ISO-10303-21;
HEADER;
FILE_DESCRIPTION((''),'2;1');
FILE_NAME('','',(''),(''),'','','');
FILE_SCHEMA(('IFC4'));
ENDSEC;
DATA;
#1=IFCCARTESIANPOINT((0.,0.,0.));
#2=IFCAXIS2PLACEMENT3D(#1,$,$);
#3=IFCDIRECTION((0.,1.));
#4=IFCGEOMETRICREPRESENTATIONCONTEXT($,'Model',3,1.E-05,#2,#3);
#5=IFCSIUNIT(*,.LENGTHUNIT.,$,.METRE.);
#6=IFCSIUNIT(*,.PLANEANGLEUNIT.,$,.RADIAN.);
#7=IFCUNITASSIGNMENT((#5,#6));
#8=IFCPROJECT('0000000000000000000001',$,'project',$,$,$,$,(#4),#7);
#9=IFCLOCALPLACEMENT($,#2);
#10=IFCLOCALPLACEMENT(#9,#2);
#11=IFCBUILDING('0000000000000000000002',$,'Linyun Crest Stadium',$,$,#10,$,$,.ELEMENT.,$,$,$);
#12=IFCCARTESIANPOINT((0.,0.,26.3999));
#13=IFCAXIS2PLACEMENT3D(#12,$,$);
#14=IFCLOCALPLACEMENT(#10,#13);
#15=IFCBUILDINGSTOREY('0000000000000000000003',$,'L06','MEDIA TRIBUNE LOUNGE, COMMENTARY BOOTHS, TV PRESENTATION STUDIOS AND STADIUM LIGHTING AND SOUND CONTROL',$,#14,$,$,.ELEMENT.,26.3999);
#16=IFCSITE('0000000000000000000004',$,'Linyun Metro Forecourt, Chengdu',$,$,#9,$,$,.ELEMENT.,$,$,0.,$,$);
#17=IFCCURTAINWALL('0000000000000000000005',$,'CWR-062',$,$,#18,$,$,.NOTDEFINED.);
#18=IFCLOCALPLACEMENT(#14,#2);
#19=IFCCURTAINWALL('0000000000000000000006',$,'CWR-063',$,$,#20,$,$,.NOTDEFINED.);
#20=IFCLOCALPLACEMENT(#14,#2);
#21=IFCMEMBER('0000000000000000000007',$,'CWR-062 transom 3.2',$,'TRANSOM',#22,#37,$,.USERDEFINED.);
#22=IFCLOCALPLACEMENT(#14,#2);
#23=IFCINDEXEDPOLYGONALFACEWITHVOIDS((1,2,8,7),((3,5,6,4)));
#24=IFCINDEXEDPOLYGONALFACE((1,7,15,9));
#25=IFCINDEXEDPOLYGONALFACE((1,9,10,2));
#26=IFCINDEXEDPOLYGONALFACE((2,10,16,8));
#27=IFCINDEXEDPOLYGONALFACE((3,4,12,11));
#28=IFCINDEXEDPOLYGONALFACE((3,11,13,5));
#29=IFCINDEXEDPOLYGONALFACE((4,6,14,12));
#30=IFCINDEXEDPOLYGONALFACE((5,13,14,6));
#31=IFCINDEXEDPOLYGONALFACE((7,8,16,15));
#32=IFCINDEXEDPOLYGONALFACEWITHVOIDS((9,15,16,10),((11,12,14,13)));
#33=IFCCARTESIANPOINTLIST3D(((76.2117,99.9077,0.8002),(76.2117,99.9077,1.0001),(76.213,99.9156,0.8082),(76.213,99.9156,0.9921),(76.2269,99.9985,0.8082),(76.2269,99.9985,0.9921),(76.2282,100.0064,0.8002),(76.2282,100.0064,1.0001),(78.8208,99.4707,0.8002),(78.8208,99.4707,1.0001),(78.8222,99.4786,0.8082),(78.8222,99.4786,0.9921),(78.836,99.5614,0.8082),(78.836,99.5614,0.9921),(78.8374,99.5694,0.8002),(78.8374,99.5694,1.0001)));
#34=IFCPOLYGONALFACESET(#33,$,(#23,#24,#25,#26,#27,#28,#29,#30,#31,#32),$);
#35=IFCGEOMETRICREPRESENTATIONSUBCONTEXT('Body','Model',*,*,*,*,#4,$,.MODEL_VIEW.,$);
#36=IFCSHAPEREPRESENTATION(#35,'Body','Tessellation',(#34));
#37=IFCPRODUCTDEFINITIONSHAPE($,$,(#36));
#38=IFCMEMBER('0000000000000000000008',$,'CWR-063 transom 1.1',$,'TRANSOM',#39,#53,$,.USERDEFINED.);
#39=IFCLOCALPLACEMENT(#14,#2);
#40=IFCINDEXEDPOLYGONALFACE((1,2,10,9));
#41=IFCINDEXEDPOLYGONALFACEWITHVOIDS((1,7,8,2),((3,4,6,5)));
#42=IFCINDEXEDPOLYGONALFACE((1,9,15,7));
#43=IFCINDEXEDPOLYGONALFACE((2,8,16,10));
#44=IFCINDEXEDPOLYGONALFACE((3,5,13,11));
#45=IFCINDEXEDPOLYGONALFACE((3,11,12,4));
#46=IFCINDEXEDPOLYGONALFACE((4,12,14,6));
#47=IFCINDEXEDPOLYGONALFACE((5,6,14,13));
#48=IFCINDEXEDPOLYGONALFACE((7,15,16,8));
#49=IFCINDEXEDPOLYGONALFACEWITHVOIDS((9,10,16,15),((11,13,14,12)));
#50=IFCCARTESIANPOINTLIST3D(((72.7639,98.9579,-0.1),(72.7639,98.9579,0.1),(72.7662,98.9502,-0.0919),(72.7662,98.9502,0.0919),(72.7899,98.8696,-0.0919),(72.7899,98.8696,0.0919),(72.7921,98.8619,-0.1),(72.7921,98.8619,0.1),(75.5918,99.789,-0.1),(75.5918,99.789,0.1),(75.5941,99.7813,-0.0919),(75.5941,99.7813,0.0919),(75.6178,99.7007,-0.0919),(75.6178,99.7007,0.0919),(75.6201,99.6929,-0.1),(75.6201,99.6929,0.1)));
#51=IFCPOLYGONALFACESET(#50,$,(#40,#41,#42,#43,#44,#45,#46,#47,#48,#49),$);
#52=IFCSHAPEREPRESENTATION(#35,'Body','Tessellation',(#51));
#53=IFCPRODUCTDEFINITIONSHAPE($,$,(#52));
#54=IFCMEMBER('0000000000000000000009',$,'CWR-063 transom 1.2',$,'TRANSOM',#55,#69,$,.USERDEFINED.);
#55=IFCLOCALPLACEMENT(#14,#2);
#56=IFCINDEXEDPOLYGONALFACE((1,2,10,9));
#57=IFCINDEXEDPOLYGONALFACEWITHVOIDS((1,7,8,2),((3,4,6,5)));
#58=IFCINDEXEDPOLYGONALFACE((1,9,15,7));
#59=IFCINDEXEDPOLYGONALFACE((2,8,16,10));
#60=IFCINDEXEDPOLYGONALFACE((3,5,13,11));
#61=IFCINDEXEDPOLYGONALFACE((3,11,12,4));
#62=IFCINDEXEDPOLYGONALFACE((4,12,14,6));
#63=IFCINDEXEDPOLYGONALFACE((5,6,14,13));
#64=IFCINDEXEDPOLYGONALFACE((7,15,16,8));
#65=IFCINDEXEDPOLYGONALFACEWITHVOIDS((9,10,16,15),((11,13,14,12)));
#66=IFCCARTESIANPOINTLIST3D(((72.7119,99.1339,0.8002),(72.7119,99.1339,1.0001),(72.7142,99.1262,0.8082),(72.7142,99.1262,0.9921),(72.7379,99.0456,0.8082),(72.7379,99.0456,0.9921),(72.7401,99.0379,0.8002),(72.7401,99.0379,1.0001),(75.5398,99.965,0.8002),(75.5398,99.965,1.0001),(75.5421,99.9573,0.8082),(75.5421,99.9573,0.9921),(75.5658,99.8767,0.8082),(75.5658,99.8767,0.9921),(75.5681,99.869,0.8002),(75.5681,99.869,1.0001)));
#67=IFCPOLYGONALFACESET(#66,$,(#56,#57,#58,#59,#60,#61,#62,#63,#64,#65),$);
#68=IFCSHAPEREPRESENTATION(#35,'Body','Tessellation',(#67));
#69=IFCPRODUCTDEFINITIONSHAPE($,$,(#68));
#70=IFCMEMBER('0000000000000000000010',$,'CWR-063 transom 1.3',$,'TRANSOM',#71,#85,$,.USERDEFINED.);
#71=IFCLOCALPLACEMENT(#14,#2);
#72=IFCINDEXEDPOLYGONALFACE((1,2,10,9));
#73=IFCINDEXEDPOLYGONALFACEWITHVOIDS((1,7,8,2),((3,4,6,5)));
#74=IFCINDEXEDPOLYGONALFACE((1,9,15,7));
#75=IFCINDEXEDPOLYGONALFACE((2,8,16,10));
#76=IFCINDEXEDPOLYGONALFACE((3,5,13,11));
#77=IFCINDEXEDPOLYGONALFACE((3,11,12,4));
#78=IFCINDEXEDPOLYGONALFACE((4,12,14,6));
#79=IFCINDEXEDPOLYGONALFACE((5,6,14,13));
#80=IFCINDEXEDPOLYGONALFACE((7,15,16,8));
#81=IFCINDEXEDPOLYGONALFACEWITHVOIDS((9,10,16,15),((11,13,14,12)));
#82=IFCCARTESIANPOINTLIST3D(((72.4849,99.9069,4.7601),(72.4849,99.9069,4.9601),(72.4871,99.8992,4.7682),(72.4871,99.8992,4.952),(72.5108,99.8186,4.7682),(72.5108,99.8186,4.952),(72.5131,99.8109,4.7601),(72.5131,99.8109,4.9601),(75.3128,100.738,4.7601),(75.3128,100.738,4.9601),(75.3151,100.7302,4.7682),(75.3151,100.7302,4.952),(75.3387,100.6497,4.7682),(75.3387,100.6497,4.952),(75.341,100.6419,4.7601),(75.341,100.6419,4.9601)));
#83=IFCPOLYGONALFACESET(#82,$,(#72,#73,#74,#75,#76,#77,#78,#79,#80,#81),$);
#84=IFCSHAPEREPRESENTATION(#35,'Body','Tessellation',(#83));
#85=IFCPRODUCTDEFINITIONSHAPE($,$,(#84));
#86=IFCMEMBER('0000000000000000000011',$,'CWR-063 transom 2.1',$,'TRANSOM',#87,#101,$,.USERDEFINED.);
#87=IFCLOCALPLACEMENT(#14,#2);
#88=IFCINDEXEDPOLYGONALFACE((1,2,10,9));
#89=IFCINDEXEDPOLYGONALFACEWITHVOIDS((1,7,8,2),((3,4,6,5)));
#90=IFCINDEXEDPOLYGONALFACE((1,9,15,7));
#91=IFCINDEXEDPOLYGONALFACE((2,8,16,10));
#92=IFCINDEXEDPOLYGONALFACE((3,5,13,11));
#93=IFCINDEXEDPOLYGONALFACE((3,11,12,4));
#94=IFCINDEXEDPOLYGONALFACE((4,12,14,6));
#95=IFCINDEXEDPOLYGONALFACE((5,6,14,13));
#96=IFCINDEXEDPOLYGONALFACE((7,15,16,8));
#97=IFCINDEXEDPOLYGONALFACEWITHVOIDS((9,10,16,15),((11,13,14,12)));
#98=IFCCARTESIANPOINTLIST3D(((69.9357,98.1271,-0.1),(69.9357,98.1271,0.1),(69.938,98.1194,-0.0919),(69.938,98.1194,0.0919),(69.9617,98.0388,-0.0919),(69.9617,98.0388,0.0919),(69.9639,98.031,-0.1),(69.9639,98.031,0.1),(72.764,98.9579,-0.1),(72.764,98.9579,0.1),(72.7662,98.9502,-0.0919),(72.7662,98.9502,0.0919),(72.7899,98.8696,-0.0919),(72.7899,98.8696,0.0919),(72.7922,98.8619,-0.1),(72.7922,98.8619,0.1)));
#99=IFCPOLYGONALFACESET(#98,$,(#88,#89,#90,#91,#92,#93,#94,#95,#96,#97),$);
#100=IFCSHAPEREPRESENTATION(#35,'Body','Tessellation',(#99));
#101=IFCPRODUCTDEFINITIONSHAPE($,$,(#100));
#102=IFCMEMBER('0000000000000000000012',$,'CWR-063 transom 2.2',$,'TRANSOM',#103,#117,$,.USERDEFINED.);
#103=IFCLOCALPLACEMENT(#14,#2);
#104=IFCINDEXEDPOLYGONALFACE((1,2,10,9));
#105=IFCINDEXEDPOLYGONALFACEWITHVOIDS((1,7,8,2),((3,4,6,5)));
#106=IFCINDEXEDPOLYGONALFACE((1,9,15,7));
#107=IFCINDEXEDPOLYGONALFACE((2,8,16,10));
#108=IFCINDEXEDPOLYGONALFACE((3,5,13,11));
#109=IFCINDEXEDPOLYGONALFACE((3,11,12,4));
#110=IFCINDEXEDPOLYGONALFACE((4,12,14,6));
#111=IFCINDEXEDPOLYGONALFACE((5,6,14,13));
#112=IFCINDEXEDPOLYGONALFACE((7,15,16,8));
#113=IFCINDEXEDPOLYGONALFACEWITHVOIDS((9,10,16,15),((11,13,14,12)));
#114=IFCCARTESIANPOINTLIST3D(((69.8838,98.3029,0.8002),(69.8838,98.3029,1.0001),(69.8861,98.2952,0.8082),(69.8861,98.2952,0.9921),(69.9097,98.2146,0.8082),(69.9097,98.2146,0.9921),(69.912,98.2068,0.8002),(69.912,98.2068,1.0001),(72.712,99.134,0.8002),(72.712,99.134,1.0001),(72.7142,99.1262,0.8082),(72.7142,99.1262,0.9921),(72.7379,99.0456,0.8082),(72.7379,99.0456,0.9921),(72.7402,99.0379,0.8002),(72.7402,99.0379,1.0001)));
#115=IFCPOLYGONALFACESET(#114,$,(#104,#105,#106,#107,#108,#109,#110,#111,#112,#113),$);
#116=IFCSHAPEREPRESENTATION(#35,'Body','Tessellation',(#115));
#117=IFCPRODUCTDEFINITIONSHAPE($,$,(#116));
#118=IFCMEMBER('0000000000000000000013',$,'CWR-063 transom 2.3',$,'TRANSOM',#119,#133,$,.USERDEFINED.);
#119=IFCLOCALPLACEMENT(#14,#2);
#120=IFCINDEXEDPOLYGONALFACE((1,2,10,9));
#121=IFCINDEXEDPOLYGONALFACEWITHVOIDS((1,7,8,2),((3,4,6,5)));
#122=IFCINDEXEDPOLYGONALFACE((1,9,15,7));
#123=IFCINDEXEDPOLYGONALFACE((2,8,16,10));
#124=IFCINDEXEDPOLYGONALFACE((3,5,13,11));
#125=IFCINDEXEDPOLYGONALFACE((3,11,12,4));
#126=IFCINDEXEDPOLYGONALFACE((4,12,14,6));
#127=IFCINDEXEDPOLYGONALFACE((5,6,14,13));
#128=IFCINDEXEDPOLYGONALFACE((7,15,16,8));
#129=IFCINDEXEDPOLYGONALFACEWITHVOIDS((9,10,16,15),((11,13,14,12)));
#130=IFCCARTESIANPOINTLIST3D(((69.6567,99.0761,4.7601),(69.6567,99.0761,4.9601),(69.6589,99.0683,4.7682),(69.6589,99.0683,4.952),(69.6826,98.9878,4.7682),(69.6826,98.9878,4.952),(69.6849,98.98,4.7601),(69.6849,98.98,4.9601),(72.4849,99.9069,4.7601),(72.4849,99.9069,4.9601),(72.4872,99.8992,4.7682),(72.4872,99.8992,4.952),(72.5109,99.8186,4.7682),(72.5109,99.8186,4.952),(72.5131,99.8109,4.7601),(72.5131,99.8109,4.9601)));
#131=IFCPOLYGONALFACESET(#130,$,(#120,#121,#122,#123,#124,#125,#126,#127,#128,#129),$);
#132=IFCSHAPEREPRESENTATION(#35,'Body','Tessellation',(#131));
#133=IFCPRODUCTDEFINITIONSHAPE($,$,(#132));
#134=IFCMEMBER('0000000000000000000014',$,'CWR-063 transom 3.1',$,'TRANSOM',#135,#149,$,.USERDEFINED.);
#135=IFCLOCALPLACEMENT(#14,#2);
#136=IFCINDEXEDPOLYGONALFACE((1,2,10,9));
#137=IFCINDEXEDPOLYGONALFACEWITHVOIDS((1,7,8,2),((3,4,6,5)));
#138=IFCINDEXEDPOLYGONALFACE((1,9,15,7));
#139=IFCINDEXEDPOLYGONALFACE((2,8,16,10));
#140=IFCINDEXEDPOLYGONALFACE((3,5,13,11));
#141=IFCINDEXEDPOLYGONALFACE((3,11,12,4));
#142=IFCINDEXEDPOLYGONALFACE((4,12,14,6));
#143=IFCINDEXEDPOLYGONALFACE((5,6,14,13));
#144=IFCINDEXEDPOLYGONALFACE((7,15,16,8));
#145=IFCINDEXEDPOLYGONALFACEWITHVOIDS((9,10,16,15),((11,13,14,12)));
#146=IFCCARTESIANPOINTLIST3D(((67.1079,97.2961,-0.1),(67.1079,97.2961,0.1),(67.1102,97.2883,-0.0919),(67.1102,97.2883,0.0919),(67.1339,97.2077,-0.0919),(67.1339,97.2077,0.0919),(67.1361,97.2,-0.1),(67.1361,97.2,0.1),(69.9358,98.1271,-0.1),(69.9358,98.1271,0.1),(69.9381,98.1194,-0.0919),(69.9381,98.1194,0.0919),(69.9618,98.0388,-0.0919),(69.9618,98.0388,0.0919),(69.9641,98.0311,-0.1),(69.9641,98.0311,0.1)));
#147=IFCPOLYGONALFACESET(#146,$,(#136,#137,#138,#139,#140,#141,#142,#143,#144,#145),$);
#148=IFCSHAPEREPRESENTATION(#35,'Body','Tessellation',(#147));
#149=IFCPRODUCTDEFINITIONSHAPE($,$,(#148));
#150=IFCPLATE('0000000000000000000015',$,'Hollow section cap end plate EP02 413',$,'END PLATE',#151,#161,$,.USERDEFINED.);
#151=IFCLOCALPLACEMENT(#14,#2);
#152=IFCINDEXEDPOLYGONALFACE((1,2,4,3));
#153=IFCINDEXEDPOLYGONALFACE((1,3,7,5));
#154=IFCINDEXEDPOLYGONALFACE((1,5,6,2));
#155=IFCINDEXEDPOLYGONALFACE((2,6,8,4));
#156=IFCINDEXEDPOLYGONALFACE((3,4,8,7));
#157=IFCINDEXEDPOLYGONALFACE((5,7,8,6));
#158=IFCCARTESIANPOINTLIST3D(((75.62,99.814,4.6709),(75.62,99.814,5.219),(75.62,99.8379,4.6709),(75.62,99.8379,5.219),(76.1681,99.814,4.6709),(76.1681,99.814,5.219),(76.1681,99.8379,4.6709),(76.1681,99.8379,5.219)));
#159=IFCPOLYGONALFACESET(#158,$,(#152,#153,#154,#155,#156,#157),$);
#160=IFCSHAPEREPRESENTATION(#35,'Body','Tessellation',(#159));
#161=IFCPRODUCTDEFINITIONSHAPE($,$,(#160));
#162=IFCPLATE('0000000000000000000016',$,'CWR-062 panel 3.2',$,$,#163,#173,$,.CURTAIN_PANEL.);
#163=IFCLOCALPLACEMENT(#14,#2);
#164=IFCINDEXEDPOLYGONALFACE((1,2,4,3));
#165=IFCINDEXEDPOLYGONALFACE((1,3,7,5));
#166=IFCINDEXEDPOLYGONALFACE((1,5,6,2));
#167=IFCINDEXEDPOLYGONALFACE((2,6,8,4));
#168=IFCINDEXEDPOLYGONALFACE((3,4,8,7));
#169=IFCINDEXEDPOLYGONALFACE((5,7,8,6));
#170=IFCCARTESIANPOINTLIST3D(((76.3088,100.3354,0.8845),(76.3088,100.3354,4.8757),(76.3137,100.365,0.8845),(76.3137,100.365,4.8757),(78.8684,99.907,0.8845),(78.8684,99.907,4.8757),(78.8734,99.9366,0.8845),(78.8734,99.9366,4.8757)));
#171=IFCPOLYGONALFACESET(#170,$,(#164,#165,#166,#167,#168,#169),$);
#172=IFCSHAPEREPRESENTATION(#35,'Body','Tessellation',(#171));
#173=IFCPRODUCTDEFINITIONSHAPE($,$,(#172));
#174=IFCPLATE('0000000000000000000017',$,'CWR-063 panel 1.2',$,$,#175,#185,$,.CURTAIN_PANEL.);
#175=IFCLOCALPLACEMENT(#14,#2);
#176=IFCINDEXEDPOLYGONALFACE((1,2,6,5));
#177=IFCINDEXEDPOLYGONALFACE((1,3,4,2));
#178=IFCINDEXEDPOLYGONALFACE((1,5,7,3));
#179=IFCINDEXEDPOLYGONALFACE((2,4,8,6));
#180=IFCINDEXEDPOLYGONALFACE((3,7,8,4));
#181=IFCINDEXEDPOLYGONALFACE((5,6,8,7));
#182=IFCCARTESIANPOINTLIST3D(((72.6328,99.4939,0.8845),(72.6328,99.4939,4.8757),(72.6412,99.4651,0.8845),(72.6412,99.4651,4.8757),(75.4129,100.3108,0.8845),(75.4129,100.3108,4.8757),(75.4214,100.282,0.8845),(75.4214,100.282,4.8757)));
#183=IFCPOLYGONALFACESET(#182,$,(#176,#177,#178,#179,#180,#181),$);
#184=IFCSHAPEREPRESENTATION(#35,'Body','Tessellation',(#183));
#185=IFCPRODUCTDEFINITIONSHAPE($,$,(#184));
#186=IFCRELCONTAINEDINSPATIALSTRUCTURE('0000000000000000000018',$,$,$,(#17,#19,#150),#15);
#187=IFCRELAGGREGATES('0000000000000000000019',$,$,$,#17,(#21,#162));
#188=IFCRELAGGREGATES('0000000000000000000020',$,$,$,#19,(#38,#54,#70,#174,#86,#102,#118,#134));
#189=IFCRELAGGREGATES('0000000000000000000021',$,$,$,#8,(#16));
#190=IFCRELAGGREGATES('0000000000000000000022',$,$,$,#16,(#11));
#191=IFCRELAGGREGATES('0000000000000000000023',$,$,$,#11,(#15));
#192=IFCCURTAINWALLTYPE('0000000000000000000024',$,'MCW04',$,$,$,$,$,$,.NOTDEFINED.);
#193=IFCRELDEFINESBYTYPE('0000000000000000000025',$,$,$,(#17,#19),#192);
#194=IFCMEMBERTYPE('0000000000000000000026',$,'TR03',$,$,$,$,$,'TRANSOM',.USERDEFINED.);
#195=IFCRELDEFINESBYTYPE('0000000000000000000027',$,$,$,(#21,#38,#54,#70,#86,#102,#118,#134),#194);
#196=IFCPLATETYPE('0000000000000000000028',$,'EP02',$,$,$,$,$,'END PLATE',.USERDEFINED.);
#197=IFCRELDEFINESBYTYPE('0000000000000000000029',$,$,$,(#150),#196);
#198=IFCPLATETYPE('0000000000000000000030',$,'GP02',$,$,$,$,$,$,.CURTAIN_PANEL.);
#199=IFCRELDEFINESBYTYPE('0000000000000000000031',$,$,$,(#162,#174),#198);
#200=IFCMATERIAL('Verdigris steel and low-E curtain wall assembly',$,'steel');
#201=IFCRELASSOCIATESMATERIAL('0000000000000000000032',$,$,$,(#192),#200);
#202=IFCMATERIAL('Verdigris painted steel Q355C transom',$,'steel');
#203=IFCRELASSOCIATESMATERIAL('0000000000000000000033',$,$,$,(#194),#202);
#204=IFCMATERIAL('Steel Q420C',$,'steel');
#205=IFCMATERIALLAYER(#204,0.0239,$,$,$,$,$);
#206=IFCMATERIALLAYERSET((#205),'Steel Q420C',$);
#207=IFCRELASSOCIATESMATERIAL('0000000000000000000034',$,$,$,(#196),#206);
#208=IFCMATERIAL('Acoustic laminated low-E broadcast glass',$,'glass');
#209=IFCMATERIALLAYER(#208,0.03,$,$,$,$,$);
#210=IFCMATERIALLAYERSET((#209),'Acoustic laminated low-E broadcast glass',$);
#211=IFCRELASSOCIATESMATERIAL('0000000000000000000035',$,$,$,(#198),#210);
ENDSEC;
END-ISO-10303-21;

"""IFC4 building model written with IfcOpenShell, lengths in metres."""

from ifc_helpers import new_model, si_unit, direction, frame, origin, origin_2d, place, context, subcontext, project, spatial, rectangle, hollow_rectangle, extrude, material, layer, layer_set, material_profile, profile_set, type_object, element, aggregate, save


model = new_model("IFC4")

# Units and contexts
model_context = context("Model", 3, precision=1e-05, world=origin(), true_north=direction((0.0, 1.0)))
body_context = subcontext(model_context, "Body", "Model", "MODEL_VIEW")
ifc_project = project(units=[si_unit("LENGTHUNIT", "METRE"), si_unit("PLANEANGLEUNIT", "RADIAN")], contexts=[model_context])

# Site, building, storey
site_placement = place(None, origin())
site = spatial("IfcSite", under=ifc_project, at=site_placement, Name="Linyun Metro Forecourt, Chengdu", CompositionType="ELEMENT", RefElevation=0.0)
building_placement = place(site_placement, origin())
building = spatial("IfcBuilding", under=site, at=building_placement, Name="Linyun Crest Stadium", CompositionType="ELEMENT")
storey_placement = place(building_placement, frame((0.0, 0.0, 26.3999)))
storey = spatial("IfcBuildingStorey", under=building, at=storey_placement, Name="L06", Description="MEDIA TRIBUNE LOUNGE, COMMENTARY BOOTHS, TV PRESENTATION STUDIOS AND STADIUM LIGHTING AND SOUND CONTROL", CompositionType="ELEMENT", Elevation=26.3999)

# Curtain walls
ifc_material_1 = material(Name="Verdigris steel and low-E curtain wall assembly", Category="steel")
curtain_wall_type = type_object("IfcCurtainWallType", Name="MCW04", PredefinedType="NOTDEFINED", material=ifc_material_1)
curtain_wall_1_placement = place(storey_placement, origin())
curtain_wall_1 = element("IfcCurtainWall", 1, at=curtain_wall_1_placement, inside=storey, type_object=curtain_wall_type, Name="CWR-062", PredefinedType="NOTDEFINED")
curtain_wall_2_placement = place(storey_placement, origin())
curtain_wall_2 = element("IfcCurtainWall", 2, at=curtain_wall_2_placement, inside=storey, type_object=curtain_wall_type, Name="CWR-063", PredefinedType="NOTDEFINED")

# Members
ifc_material_2 = material(Name="Verdigris painted steel Q355C transom", Category="steel")
ifc_material_profile_1 = material_profile(ifc_material_2, hollow_rectangle(XDim=0.1001, YDim=0.2, WallThickness=0.0081, at=origin_2d()), Name="RHS 200x100x8")
ifc_profile_set_1 = profile_set([ifc_material_profile_1], Name="Verdigris painted steel Q355C transom")
member_type_1 = type_object("IfcMemberType", Name="TR03", ElementType="TRANSOM", PredefinedType="USERDEFINED", material=ifc_profile_set_1)
member_1_placement = place(storey_placement, frame((78.8291, 99.52, 0.9001), z_axis=(-0.986261, 0.165192, 0.0), x_axis=(-0.165192, -0.986261, 0.0)))
member_1 = element("IfcMember", 3, at=member_1_placement, type_object=member_type_1, Name="CWR-062 transom 3.2", ObjectType="TRANSOM", PredefinedType="USERDEFINED", context=body_context, shape_type="SweptSolid", body=[
    extrude(hollow_rectangle(XDim=0.1001, YDim=0.2, WallThickness=0.0081, at=origin_2d()), origin(), (0.0, 0.0, 1.0), 2.6455),
])
member_2_placement = place(storey_placement, frame((75.606, 99.741, 0.0), z_axis=(-0.959427, -0.281956, 0.0), x_axis=(0.281956, -0.959427, 0.0)))
member_2 = element("IfcMember", 4, at=member_2_placement, type_object=member_type_1, Name="CWR-063 transom 1.1", ObjectType="TRANSOM", PredefinedType="USERDEFINED", context=body_context, shape_type="SweptSolid", body=[
    extrude(hollow_rectangle(XDim=0.1001, YDim=0.2, WallThickness=0.0081, at=origin_2d()), origin(), (0.0, 0.0, 1.0), 2.9475),
])
member_3_placement = place(storey_placement, frame((75.554, 99.917, 0.9001), z_axis=(-0.959427, -0.281956, 0.0), x_axis=(0.281956, -0.959427, 0.0)))
member_3 = element("IfcMember", 5, at=member_3_placement, type_object=member_type_1, Name="CWR-063 transom 1.2", ObjectType="TRANSOM", PredefinedType="USERDEFINED", context=body_context, shape_type="SweptSolid", body=[
    extrude(hollow_rectangle(XDim=0.1001, YDim=0.2, WallThickness=0.0081, at=origin_2d()), origin(), (0.0, 0.0, 1.0), 2.9475),
])
member_4_placement = place(storey_placement, frame((75.3269, 100.6899, 4.8601), z_axis=(-0.959427, -0.281956, 0.0), x_axis=(0.281956, -0.959427, 0.0)))
member_4 = element("IfcMember", 6, at=member_4_placement, type_object=member_type_1, Name="CWR-063 transom 1.3", ObjectType="TRANSOM", PredefinedType="USERDEFINED", context=body_context, shape_type="SweptSolid", body=[
    extrude(hollow_rectangle(XDim=0.1001, YDim=0.2, WallThickness=0.0081, at=origin_2d()), origin(), (0.0, 0.0, 1.0), 2.9475),
])
member_5_placement = place(storey_placement, frame((72.7781, 98.9099, 0.0), z_axis=(-0.959456, -0.281857, 0.0), x_axis=(0.281857, -0.959456, 0.0)))
member_5 = element("IfcMember", 7, at=member_5_placement, type_object=member_type_1, Name="CWR-063 transom 2.1", ObjectType="TRANSOM", PredefinedType="USERDEFINED", context=body_context, shape_type="SweptSolid", body=[
    extrude(hollow_rectangle(XDim=0.1001, YDim=0.2, WallThickness=0.0081, at=origin_2d()), origin(), (0.0, 0.0, 1.0), 2.9478),
])
member_6_placement = place(storey_placement, frame((72.7261, 99.0859, 0.9001), z_axis=(-0.959434, -0.281933, 0.0), x_axis=(0.281933, -0.959434, 0.0)))
member_6 = element("IfcMember", 8, at=member_6_placement, type_object=member_type_1, Name="CWR-063 transom 2.2", ObjectType="TRANSOM", PredefinedType="USERDEFINED", context=body_context, shape_type="SweptSolid", body=[
    extrude(hollow_rectangle(XDim=0.1001, YDim=0.2, WallThickness=0.0081, at=origin_2d()), origin(), (0.0, 0.0, 1.0), 2.9478),
])
member_7_placement = place(storey_placement, frame((72.499, 99.8589, 4.8601), z_axis=(-0.959456, -0.281857, 0.0), x_axis=(0.281857, -0.959456, 0.0)))
member_7 = element("IfcMember", 9, at=member_7_placement, type_object=member_type_1, Name="CWR-063 transom 2.3", ObjectType="TRANSOM", PredefinedType="USERDEFINED", context=body_context, shape_type="SweptSolid", body=[
    extrude(hollow_rectangle(XDim=0.1001, YDim=0.2, WallThickness=0.0081, at=origin_2d()), origin(), (0.0, 0.0, 1.0), 2.9478),
])
member_8_placement = place(storey_placement, frame((69.95, 98.0791, 0.0), z_axis=(-0.959427, -0.281956, 0.0), x_axis=(0.281956, -0.959427, 0.0)))
member_8 = element("IfcMember", 10, at=member_8_placement, type_object=member_type_1, Name="CWR-063 transom 3.1", ObjectType="TRANSOM", PredefinedType="USERDEFINED", context=body_context, shape_type="SweptSolid", body=[
    extrude(hollow_rectangle(XDim=0.1001, YDim=0.2, WallThickness=0.0081, at=origin_2d()), origin(), (0.0, 0.0, 1.0), 2.9475),
])

# Plates
ifc_material_3 = material(Name="Steel Q420C", Category="steel")
ifc_layer_1 = layer(ifc_material_3, 0.0239)
ifc_layer_set_1 = layer_set([ifc_layer_1], Name="Steel Q420C")
plate_type_1 = type_object("IfcPlateType", Name="EP02", ElementType="END PLATE", PredefinedType="USERDEFINED", material=ifc_layer_set_1)
plate_1_placement = place(storey_placement, frame((75.894, 99.8259, 4.6709), z_axis=(0.0, 0.0, 1.0), x_axis=(1.0, 0.0, 0.0)))
element("IfcPlate", 11, at=plate_1_placement, inside=storey, type_object=plate_type_1, Name="Hollow section cap end plate EP02 413", ObjectType="END PLATE", PredefinedType="USERDEFINED", context=body_context, shape_type="SweptSolid", body=[
    extrude(rectangle(XDim=0.5481, YDim=0.0239, at=origin_2d()), origin(), (0.0, 0.0, 1.0), 0.5481),
])
ifc_material_4 = material(Name="Acoustic laminated low-E broadcast glass", Category="glass")
ifc_layer_2 = layer(ifc_material_4, 0.03)
ifc_layer_set_2 = layer_set([ifc_layer_2], Name="Acoustic laminated low-E broadcast glass")
plate_type_2 = type_object("IfcPlateType", Name="GP02", PredefinedType="CURTAIN_PANEL", material=ifc_layer_set_2)
plate_2_placement = place(storey_placement, frame((77.5911, 100.136, 0.8845), z_axis=(0.0, 0.0, 1.0), x_axis=(-0.986283, 0.165065, 0.0)))
plate_2 = element("IfcPlate", 12, at=plate_2_placement, type_object=plate_type_2, Name="CWR-062 panel 3.2", PredefinedType="CURTAIN_PANEL", context=body_context, shape_type="SweptSolid", body=[
    extrude(rectangle(XDim=2.5952, YDim=0.03, at=origin_2d()), origin(), (0.0, 0.0, 1.0), 3.9912),
])
plate_3_placement = place(storey_placement, frame((74.0271, 99.8879, 0.8845), z_axis=(0.0, 0.0, 1.0), x_axis=(-0.959437, -0.281923, 0.0)))
plate_3 = element("IfcPlate", 13, at=plate_3_placement, type_object=plate_type_2, Name="CWR-063 panel 1.2", PredefinedType="CURTAIN_PANEL", context=body_context, shape_type="SweptSolid", body=[
    extrude(rectangle(XDim=2.8977, YDim=0.03, at=origin_2d()), origin(), (0.0, 0.0, 1.0), 3.9912),
])
aggregate(curtain_wall_1, [member_1, plate_2])
aggregate(curtain_wall_2, [member_2, member_3, member_4, plate_3, member_5, member_6, member_7, member_8])

save(model, "model.ifc")
